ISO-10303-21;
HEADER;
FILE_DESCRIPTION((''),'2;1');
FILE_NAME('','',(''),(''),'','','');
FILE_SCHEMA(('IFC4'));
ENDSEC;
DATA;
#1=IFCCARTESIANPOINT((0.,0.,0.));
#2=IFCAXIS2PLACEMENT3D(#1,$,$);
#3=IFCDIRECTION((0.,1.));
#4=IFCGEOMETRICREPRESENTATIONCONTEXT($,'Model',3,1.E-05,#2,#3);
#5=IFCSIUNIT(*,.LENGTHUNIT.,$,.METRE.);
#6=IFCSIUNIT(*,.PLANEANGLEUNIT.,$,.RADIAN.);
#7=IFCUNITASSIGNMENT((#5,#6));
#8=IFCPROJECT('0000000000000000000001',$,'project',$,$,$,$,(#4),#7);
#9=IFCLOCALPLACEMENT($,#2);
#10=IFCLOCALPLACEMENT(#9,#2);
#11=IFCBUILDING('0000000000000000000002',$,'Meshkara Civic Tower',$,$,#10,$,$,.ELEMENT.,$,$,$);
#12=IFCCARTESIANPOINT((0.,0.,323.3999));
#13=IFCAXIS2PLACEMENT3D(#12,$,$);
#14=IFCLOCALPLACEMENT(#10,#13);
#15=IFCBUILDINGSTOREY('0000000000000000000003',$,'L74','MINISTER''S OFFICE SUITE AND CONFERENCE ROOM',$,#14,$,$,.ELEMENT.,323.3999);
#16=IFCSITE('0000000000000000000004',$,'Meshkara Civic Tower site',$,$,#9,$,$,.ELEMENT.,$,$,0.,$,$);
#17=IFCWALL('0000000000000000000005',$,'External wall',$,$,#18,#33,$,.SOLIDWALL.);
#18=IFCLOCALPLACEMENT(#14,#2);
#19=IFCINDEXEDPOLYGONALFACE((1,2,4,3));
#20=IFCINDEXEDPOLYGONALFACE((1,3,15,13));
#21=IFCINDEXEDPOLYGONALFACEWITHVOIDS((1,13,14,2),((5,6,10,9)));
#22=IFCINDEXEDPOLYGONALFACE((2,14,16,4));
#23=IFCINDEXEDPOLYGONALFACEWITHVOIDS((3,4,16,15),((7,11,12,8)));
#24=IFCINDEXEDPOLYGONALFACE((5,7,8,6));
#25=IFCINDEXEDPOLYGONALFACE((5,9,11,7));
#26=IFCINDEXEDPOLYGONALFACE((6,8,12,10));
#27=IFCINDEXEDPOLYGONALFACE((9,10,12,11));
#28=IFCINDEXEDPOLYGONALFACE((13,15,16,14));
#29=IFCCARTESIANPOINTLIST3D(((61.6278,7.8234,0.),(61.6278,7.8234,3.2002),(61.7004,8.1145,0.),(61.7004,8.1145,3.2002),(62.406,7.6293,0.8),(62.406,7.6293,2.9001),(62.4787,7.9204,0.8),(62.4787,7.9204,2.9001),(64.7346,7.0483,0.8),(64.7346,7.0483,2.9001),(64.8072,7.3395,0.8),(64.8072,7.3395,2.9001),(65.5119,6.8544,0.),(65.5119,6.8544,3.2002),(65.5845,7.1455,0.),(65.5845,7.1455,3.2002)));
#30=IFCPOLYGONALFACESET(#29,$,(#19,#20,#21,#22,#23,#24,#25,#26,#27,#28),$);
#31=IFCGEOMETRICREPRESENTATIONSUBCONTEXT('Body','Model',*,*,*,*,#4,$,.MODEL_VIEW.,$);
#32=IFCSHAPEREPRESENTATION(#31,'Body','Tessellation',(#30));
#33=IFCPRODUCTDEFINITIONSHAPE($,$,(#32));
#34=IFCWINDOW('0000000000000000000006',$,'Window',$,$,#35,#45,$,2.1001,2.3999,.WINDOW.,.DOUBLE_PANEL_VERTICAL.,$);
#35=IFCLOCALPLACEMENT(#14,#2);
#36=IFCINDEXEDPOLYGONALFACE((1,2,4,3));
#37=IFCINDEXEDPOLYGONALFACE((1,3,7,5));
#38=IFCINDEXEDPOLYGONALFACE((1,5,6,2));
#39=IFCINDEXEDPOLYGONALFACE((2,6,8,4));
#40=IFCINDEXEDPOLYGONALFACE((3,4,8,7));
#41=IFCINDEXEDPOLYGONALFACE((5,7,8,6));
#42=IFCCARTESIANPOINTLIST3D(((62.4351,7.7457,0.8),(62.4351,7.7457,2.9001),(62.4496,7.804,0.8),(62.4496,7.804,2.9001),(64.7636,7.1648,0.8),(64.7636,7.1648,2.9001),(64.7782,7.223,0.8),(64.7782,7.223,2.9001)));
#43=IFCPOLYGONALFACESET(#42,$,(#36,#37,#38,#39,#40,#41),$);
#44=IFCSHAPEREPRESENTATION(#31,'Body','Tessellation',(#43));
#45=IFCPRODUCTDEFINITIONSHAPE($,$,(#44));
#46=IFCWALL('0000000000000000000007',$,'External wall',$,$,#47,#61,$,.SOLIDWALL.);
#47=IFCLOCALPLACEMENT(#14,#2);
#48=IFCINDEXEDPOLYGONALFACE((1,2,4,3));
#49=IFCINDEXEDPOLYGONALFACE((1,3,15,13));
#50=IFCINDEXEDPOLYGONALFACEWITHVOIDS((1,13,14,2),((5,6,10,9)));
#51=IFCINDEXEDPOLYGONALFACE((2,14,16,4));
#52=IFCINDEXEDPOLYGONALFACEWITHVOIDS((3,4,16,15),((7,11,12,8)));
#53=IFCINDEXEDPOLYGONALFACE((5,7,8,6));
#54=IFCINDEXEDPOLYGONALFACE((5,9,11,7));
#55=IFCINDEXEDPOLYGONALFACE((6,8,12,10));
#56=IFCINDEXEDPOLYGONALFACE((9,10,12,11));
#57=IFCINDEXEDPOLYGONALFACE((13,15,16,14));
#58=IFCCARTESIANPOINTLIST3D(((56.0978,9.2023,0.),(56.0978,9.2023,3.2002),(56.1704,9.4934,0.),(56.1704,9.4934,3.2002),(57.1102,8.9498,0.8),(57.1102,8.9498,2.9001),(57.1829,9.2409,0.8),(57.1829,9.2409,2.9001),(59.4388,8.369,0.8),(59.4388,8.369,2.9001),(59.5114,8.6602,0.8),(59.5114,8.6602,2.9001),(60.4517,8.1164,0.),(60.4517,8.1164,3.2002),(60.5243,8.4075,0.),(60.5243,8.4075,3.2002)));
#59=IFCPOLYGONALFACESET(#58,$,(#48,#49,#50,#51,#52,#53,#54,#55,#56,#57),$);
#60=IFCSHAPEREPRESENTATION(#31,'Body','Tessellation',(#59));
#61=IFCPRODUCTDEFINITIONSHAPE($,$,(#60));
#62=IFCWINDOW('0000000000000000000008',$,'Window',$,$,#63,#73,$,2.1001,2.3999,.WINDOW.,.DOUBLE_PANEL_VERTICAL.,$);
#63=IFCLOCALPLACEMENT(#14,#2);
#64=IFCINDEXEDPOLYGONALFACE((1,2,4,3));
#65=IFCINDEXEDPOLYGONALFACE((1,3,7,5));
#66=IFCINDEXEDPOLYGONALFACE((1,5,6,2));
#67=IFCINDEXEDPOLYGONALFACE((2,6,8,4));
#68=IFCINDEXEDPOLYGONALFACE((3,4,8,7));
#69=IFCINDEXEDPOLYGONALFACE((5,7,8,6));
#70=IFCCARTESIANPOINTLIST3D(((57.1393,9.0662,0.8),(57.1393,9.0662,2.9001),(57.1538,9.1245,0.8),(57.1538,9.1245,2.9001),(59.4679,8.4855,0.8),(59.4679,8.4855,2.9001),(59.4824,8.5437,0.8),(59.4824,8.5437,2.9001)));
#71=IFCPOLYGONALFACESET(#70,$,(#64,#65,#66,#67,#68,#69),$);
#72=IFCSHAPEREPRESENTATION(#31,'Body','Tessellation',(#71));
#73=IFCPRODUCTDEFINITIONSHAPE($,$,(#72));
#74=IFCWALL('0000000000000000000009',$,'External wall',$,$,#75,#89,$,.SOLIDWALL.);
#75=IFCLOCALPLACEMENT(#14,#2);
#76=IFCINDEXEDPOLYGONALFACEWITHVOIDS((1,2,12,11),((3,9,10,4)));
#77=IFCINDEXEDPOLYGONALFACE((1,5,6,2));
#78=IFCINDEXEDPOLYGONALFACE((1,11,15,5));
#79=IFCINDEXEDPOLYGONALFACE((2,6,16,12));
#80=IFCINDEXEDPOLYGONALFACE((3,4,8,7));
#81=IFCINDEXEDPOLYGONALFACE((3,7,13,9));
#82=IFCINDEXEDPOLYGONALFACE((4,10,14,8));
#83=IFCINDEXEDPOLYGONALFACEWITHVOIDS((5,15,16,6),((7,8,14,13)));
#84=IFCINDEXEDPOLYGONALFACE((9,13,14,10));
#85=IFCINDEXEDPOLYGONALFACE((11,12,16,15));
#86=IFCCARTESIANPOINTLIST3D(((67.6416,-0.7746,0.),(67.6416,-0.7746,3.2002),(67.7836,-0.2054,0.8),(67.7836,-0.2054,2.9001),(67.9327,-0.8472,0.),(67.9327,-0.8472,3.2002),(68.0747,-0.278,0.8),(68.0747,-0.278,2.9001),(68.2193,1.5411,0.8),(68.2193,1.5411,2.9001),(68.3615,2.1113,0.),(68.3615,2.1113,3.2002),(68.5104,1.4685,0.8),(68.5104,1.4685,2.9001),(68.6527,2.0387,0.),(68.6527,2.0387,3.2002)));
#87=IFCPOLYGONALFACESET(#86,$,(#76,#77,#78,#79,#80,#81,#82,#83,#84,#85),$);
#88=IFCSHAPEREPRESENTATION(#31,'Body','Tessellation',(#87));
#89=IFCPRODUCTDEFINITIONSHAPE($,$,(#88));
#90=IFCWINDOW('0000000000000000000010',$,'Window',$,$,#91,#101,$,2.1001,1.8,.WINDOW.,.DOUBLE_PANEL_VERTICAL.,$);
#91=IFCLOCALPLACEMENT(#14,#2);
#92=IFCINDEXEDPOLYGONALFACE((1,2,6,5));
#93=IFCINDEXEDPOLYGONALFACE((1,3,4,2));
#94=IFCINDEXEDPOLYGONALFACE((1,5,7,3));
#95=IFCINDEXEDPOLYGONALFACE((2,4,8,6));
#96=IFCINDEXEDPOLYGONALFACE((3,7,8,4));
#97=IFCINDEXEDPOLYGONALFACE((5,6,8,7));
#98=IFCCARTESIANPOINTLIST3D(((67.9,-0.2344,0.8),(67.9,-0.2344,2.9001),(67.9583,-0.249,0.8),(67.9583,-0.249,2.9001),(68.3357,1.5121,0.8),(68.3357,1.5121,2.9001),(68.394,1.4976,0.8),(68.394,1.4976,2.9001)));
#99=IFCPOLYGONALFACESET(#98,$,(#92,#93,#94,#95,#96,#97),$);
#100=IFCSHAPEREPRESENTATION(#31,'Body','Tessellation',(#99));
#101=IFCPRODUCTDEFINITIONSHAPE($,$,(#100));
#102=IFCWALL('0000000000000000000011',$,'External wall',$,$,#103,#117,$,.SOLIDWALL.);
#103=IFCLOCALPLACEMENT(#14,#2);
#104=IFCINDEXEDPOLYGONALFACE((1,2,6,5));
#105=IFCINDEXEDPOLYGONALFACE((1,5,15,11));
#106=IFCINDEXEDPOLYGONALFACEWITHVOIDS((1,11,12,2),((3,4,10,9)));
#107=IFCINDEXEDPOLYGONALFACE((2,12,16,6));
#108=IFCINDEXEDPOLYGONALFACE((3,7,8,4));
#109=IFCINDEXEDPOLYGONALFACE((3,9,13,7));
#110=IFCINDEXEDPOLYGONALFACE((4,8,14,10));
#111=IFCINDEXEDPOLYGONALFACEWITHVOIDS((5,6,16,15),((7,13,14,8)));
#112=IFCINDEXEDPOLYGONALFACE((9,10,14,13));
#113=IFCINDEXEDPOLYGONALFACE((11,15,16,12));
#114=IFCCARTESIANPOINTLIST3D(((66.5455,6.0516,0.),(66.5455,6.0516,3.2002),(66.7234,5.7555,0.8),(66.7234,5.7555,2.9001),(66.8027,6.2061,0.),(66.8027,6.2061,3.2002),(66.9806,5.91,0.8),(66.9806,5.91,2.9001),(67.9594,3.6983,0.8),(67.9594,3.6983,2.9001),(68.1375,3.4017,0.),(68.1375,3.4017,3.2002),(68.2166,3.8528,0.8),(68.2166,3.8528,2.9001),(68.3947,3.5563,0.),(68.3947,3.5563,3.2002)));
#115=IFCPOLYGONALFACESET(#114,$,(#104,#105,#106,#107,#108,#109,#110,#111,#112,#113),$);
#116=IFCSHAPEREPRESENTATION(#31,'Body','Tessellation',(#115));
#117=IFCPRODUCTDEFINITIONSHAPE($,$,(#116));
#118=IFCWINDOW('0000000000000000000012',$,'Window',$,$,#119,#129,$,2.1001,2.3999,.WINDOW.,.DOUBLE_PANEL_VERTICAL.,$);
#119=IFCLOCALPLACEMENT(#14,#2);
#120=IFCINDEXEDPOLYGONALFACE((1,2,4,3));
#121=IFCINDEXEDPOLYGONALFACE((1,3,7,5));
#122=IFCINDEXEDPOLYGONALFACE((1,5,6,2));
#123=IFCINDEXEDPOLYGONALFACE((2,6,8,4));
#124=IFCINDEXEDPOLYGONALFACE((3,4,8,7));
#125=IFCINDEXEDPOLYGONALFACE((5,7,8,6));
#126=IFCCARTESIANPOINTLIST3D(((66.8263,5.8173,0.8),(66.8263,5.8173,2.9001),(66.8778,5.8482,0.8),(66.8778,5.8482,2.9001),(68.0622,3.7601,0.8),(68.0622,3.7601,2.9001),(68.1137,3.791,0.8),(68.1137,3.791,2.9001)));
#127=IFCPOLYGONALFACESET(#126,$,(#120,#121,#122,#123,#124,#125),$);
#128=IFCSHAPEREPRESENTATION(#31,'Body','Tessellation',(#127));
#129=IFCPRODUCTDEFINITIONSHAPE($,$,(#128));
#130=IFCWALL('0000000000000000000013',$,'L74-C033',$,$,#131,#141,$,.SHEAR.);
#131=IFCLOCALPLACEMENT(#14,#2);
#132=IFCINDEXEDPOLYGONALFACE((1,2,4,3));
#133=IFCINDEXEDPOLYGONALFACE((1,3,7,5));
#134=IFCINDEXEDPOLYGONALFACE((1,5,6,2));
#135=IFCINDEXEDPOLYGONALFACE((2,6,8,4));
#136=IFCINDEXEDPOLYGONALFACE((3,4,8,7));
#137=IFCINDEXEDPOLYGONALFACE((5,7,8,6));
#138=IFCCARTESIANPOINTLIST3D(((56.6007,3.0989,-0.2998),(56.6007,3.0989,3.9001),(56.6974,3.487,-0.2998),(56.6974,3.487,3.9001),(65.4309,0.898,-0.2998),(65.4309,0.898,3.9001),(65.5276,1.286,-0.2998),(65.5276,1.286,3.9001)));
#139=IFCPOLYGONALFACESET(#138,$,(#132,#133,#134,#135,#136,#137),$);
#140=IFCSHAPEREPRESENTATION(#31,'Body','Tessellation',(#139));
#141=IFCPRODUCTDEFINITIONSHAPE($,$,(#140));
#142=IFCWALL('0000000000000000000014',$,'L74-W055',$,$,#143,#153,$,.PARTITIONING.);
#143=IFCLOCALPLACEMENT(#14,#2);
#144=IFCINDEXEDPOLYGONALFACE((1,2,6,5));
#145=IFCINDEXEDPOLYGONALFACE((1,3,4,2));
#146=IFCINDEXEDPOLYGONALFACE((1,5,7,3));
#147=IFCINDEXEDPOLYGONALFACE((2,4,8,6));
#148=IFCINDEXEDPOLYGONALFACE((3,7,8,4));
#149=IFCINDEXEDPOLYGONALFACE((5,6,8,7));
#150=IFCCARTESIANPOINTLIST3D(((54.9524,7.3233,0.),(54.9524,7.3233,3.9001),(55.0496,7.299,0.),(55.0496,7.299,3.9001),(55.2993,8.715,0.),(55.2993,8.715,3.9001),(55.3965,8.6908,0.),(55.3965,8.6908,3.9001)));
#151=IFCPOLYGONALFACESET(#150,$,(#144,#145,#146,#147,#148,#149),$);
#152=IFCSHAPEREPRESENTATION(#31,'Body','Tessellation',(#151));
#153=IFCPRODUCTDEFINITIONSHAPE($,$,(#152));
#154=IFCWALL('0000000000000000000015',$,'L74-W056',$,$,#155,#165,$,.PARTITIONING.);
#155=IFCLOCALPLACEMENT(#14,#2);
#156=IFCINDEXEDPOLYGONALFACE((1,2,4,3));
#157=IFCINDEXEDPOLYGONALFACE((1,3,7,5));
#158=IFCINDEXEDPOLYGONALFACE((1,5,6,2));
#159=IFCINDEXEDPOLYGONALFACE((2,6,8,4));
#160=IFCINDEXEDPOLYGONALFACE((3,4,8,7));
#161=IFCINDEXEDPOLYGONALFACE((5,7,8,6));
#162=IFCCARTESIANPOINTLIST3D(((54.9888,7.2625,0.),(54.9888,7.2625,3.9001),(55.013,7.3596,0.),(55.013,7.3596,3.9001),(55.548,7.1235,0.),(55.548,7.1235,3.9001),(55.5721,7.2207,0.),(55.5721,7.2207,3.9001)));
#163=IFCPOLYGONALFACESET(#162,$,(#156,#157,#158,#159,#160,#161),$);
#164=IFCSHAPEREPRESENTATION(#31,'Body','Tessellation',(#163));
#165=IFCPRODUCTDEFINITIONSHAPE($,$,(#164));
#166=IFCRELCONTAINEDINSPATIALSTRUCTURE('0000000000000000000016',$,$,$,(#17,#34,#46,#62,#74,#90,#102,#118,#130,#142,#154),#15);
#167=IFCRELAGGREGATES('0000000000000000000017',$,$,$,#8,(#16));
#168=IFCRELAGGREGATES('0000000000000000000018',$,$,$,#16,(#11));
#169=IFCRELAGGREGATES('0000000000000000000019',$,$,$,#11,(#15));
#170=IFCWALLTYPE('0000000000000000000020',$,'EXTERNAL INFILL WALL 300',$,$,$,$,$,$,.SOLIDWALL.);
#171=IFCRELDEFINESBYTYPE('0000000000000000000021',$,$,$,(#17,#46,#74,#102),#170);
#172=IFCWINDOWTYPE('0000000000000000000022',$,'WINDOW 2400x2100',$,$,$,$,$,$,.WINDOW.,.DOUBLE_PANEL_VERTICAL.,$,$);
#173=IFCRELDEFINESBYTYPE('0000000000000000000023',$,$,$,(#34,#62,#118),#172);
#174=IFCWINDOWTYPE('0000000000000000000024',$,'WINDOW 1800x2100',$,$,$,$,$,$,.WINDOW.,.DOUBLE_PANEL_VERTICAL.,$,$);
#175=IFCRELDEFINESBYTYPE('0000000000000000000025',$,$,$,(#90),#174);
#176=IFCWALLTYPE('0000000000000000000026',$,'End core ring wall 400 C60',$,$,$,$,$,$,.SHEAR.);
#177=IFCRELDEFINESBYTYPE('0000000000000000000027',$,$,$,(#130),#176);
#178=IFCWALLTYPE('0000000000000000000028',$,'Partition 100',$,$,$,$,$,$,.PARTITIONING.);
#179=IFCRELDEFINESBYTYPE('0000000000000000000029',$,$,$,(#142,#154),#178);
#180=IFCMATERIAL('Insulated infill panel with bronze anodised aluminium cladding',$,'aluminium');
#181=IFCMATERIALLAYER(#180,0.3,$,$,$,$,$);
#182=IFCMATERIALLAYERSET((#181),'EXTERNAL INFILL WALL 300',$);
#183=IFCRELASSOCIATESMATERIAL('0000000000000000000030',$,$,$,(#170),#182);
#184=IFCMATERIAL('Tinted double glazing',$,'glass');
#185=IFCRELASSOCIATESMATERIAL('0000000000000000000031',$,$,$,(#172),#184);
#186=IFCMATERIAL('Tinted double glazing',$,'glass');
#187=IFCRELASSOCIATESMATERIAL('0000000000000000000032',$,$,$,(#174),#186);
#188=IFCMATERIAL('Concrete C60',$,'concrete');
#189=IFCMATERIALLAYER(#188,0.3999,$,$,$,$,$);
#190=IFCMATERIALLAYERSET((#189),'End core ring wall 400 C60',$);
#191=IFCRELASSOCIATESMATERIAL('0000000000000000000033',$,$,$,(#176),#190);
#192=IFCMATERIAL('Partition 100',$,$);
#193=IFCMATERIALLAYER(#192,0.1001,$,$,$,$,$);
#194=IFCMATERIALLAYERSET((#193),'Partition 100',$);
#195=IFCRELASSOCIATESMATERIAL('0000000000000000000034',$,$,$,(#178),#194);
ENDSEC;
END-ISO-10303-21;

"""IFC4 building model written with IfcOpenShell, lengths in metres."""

from ifc_helpers import new_model, si_unit, direction, frame, frame_2d, origin, place, context, subcontext, project, spatial, rectangle, extrude, material, layer, layer_set, type_object, element, fill, save


model = new_model("IFC4")

# Units and contexts
model_context = context("Model", 3, precision=1e-05, world=origin(), true_north=direction((0.0, 1.0)))
body_context = subcontext(model_context, "Body", "Model", "MODEL_VIEW")
ifc_project = project(units=[si_unit("LENGTHUNIT", "METRE"), si_unit("PLANEANGLEUNIT", "RADIAN")], contexts=[model_context])

# Site, building, storey
site_placement = place(None, origin())
site = spatial("IfcSite", under=ifc_project, at=site_placement, Name="Meshkara Civic Tower site", CompositionType="ELEMENT", RefElevation=0.0)
building_placement = place(site_placement, origin())
building = spatial("IfcBuilding", under=site, at=building_placement, Name="Meshkara Civic Tower", CompositionType="ELEMENT")
storey_placement = place(building_placement, frame((0.0, 0.0, 323.3999)))
storey = spatial("IfcBuildingStorey", under=building, at=storey_placement, Name="L74", Description="MINISTER'S OFFICE SUITE AND CONFERENCE ROOM", CompositionType="ELEMENT", Elevation=323.3999)

# Walls, openings, windows
ifc_material_1 = material(Name="Insulated infill panel with bronze anodised aluminium cladding", Category="aluminium")
ifc_layer_1 = layer(ifc_material_1, 0.3)
ifc_layer_set_1 = layer_set([ifc_layer_1], Name="EXTERNAL INFILL WALL 300")
wall_type_1 = type_object("IfcWallType", Name="EXTERNAL INFILL WALL 300", PredefinedType="SOLIDWALL", material=ifc_layer_set_1)
wall_1_placement = place(storey_placement, frame((65.5481, 7.0, 0.0), z_axis=(0.0, 0.0, 1.0), x_axis=(-0.970261, 0.242062, 0.0)))
wall_1 = element("IfcWall", 1, at=wall_1_placement, inside=storey, type_object=wall_type_1, Name="External wall", PredefinedType="SOLIDWALL", context=body_context, shape_type="SweptSolid", body=[
    extrude(rectangle(XDim=4.0032, YDim=0.3, at=frame_2d((2.0015, 0.0))), origin(), (0.0, 0.0, 1.0), 3.2002),
])
opening_1_placement = place(wall_1_placement, frame((0.801, 0.0, 0.8)))
opening_1 = element("IfcOpeningElement", 2, at=opening_1_placement, cuts=wall_1, PredefinedType="OPENING", context=body_context, shape_type="SweptSolid", body=[
    extrude(rectangle(XDim=2.3999, YDim=2.1001, at=frame_2d((1.2, 1.05))), frame((0.0, 0.1599, 0.0), z_axis=(0.0, -1.0, 0.0), x_axis=(1.0, 0.0, 0.0)), (0.0, 0.0, 1.0), 0.3201),
])
ifc_material_2 = material(Name="Tinted double glazing", Category="glass")
window_type_1 = type_object("IfcWindowType", Name="WINDOW 2400x2100", PartitioningType="DOUBLE_PANEL_VERTICAL", PredefinedType="WINDOW", material=ifc_material_2)
window_1_placement = place(opening_1_placement, origin())
window_1 = element("IfcWindow", 3, at=window_1_placement, inside=storey, type_object=window_type_1, Name="Window", OverallHeight=2.1001, OverallWidth=2.3999, PartitioningType="DOUBLE_PANEL_VERTICAL", PredefinedType="WINDOW", context=body_context, shape_type="SweptSolid", body=[
    extrude(rectangle(XDim=2.3999, YDim=2.1001, at=frame_2d((1.2, 1.05))), frame((0.0, 0.03, 0.0), z_axis=(0.0, -1.0, 0.0), x_axis=(1.0, 0.0, 0.0)), (0.0, 0.0, 1.0), 0.0601),
])
fill(opening_1, window_1)
wall_2_placement = place(storey_placement, frame((60.488, 8.262, 0.0), z_axis=(0.0, 0.0, 1.0), x_axis=(-0.970277, 0.241998, 0.0)))
wall_2 = element("IfcWall", 4, at=wall_2_placement, inside=storey, type_object=wall_type_1, Name="External wall", PredefinedType="SOLIDWALL", context=body_context, shape_type="SweptSolid", body=[
    extrude(rectangle(XDim=4.4873, YDim=0.3, at=frame_2d((2.2437, 0.0))), origin(), (0.0, 0.0, 1.0), 3.2002),
])
opening_2_placement = place(wall_2_placement, frame((1.0439, 0.0, 0.8)))
opening_2 = element("IfcOpeningElement", 5, at=opening_2_placement, cuts=wall_2, PredefinedType="OPENING", context=body_context, shape_type="SweptSolid", body=[
    extrude(rectangle(XDim=2.3999, YDim=2.1001, at=frame_2d((1.2, 1.05))), frame((0.0, 0.1599, 0.0), z_axis=(0.0, -1.0, 0.0), x_axis=(1.0, 0.0, 0.0)), (0.0, 0.0, 1.0), 0.3201),
])
window_2_placement = place(opening_2_placement, origin())
window_2 = element("IfcWindow", 6, at=window_2_placement, inside=storey, type_object=window_type_1, Name="Window", OverallHeight=2.1001, OverallWidth=2.3999, PartitioningType="DOUBLE_PANEL_VERTICAL", PredefinedType="WINDOW", context=body_context, shape_type="SweptSolid", body=[
    extrude(rectangle(XDim=2.3999, YDim=2.1001, at=frame_2d((1.2, 1.05))), frame((0.0, 0.03, 0.0), z_axis=(0.0, -1.0, 0.0), x_axis=(1.0, 0.0, 0.0)), (0.0, 0.0, 1.0), 0.0601),
])
fill(opening_2, window_2)
wall_3_placement = place(storey_placement, frame((67.7871, -0.811, 0.0), z_axis=(0.0, 0.0, 1.0), x_axis=(0.242053, 0.970263, 0.0)))
wall_3 = element("IfcWall", 7, at=wall_3_placement, inside=storey, type_object=wall_type_1, Name="External wall", PredefinedType="SOLIDWALL", context=body_context, shape_type="SweptSolid", body=[
    extrude(rectangle(XDim=2.9744, YDim=0.3, at=frame_2d((1.4873, 0.0))), origin(), (0.0, 0.0, 1.0), 3.2002),
])
opening_3_placement = place(wall_3_placement, frame((0.5869, 0.0, 0.8)))
opening_3 = element("IfcOpeningElement", 8, at=opening_3_placement, cuts=wall_3, PredefinedType="OPENING", context=body_context, shape_type="SweptSolid", body=[
    extrude(rectangle(XDim=1.8, YDim=2.1001, at=frame_2d((0.8999, 1.05))), frame((0.0, 0.1599, 0.0), z_axis=(0.0, -1.0, 0.0), x_axis=(1.0, 0.0, 0.0)), (0.0, 0.0, 1.0), 0.3201),
])
ifc_material_3 = material(Name="Tinted double glazing", Category="glass")
window_type_2 = type_object("IfcWindowType", Name="WINDOW 1800x2100", PartitioningType="DOUBLE_PANEL_VERTICAL", PredefinedType="WINDOW", material=ifc_material_3)
window_3_placement = place(opening_3_placement, origin())
window_3 = element("IfcWindow", 9, at=window_3_placement, inside=storey, type_object=window_type_2, Name="Window", OverallHeight=2.1001, OverallWidth=1.8, PartitioningType="DOUBLE_PANEL_VERTICAL", PredefinedType="WINDOW", context=body_context, shape_type="SweptSolid", body=[
    extrude(rectangle(XDim=1.8, YDim=2.1001, at=frame_2d((0.8999, 1.05))), frame((0.0, 0.03, 0.0), z_axis=(0.0, -1.0, 0.0), x_axis=(1.0, 0.0, 0.0)), (0.0, 0.0, 1.0), 0.0601),
])
fill(opening_3, window_3)
wall_4_placement = place(storey_placement, frame((68.2661, 3.479, 0.0), z_axis=(0.0, 0.0, 1.0), x_axis=(-0.514995, 0.857193, 0.0)))
wall_4 = element("IfcWall", 10, at=wall_4_placement, inside=storey, type_object=wall_type_1, Name="External wall", PredefinedType="SOLIDWALL", context=body_context, shape_type="SweptSolid", body=[
    extrude(rectangle(XDim=3.0913, YDim=0.3, at=frame_2d((1.5457, 0.0))), origin(), (0.0, 0.0, 1.0), 3.2002),
])
opening_4_placement = place(wall_4_placement, frame((0.3459, 0.0, 0.8)))
opening_4 = element("IfcOpeningElement", 11, at=opening_4_placement, cuts=wall_4, PredefinedType="OPENING", context=body_context, shape_type="SweptSolid", body=[
    extrude(rectangle(XDim=2.3999, YDim=2.1001, at=frame_2d((1.2, 1.05))), frame((0.0, 0.1599, 0.0), z_axis=(0.0, -1.0, 0.0), x_axis=(1.0, 0.0, 0.0)), (0.0, 0.0, 1.0), 0.3201),
])
window_4_placement = place(opening_4_placement, origin())
window_4 = element("IfcWindow", 12, at=window_4_placement, inside=storey, type_object=window_type_1, Name="Window", OverallHeight=2.1001, OverallWidth=2.3999, PartitioningType="DOUBLE_PANEL_VERTICAL", PredefinedType="WINDOW", context=body_context, shape_type="SweptSolid", body=[
    extrude(rectangle(XDim=2.3999, YDim=2.1001, at=frame_2d((1.2, 1.05))), frame((0.0, 0.03, 0.0), z_axis=(0.0, -1.0, 0.0), x_axis=(1.0, 0.0, 0.0)), (0.0, 0.0, 1.0), 0.0601),
])
fill(opening_4, window_4)

# Walls
ifc_material_4 = material(Name="Concrete C60", Category="concrete")
ifc_layer_2 = layer(ifc_material_4, 0.3999)
ifc_layer_set_2 = layer_set([ifc_layer_2], Name="End core ring wall 400 C60")
wall_type_2 = type_object("IfcWallType", Name="End core ring wall 400 C60", PredefinedType="SHEAR", material=ifc_layer_set_2)
wall_5_placement = place(storey_placement, frame((56.6489, 3.293, -0.2998), z_axis=(0.0, 0.0, 1.0), x_axis=(0.970313, -0.241854, 0.0)))
element("IfcWall", 13, at=wall_5_placement, inside=storey, type_object=wall_type_2, Name="L74-C033", PredefinedType="SHEAR", context=body_context, shape_type="SweptSolid", body=[
    extrude(rectangle(XDim=9.1003, YDim=0.3999, at=frame_2d((4.5503, 0.0))), origin(), (0.0, 0.0, 1.0), 4.2),
])
ifc_material_5 = material(Name="Partition 100")
ifc_layer_3 = layer(ifc_material_5, 0.1001)
ifc_layer_set_3 = layer_set([ifc_layer_3], Name="Partition 100")
wall_type_3 = type_object("IfcWallType", Name="Partition 100", PredefinedType="PARTITIONING", material=ifc_layer_set_3)
wall_6_placement = place(storey_placement, frame((55.001, 7.311, 0.0), z_axis=(0.0, 0.0, 1.0), x_axis=(0.241855, 0.970312, 0.0)))
element("IfcWall", 14, at=wall_6_placement, inside=storey, type_object=wall_type_3, Name="L74-W055", PredefinedType="PARTITIONING", context=body_context, shape_type="SweptSolid", body=[
    extrude(rectangle(XDim=1.4343, YDim=0.1001, at=frame_2d((0.7173, 0.0))), origin(), (0.0, 0.0, 1.0), 3.9001),
])
wall_7_placement = place(storey_placement, frame((55.5601, 7.1721, 0.0), z_axis=(0.0, 0.0, 1.0), x_axis=(-0.970491, 0.241139, 0.0)))
element("IfcWall", 15, at=wall_7_placement, inside=storey, type_object=wall_type_3, Name="L74-W056", PredefinedType="PARTITIONING", context=body_context, shape_type="SweptSolid", body=[
    extrude(rectangle(XDim=0.5762, YDim=0.1001, at=frame_2d((0.2881, 0.0))), origin(), (0.0, 0.0, 1.0), 3.9001),
])

save(model, "model.ifc")
